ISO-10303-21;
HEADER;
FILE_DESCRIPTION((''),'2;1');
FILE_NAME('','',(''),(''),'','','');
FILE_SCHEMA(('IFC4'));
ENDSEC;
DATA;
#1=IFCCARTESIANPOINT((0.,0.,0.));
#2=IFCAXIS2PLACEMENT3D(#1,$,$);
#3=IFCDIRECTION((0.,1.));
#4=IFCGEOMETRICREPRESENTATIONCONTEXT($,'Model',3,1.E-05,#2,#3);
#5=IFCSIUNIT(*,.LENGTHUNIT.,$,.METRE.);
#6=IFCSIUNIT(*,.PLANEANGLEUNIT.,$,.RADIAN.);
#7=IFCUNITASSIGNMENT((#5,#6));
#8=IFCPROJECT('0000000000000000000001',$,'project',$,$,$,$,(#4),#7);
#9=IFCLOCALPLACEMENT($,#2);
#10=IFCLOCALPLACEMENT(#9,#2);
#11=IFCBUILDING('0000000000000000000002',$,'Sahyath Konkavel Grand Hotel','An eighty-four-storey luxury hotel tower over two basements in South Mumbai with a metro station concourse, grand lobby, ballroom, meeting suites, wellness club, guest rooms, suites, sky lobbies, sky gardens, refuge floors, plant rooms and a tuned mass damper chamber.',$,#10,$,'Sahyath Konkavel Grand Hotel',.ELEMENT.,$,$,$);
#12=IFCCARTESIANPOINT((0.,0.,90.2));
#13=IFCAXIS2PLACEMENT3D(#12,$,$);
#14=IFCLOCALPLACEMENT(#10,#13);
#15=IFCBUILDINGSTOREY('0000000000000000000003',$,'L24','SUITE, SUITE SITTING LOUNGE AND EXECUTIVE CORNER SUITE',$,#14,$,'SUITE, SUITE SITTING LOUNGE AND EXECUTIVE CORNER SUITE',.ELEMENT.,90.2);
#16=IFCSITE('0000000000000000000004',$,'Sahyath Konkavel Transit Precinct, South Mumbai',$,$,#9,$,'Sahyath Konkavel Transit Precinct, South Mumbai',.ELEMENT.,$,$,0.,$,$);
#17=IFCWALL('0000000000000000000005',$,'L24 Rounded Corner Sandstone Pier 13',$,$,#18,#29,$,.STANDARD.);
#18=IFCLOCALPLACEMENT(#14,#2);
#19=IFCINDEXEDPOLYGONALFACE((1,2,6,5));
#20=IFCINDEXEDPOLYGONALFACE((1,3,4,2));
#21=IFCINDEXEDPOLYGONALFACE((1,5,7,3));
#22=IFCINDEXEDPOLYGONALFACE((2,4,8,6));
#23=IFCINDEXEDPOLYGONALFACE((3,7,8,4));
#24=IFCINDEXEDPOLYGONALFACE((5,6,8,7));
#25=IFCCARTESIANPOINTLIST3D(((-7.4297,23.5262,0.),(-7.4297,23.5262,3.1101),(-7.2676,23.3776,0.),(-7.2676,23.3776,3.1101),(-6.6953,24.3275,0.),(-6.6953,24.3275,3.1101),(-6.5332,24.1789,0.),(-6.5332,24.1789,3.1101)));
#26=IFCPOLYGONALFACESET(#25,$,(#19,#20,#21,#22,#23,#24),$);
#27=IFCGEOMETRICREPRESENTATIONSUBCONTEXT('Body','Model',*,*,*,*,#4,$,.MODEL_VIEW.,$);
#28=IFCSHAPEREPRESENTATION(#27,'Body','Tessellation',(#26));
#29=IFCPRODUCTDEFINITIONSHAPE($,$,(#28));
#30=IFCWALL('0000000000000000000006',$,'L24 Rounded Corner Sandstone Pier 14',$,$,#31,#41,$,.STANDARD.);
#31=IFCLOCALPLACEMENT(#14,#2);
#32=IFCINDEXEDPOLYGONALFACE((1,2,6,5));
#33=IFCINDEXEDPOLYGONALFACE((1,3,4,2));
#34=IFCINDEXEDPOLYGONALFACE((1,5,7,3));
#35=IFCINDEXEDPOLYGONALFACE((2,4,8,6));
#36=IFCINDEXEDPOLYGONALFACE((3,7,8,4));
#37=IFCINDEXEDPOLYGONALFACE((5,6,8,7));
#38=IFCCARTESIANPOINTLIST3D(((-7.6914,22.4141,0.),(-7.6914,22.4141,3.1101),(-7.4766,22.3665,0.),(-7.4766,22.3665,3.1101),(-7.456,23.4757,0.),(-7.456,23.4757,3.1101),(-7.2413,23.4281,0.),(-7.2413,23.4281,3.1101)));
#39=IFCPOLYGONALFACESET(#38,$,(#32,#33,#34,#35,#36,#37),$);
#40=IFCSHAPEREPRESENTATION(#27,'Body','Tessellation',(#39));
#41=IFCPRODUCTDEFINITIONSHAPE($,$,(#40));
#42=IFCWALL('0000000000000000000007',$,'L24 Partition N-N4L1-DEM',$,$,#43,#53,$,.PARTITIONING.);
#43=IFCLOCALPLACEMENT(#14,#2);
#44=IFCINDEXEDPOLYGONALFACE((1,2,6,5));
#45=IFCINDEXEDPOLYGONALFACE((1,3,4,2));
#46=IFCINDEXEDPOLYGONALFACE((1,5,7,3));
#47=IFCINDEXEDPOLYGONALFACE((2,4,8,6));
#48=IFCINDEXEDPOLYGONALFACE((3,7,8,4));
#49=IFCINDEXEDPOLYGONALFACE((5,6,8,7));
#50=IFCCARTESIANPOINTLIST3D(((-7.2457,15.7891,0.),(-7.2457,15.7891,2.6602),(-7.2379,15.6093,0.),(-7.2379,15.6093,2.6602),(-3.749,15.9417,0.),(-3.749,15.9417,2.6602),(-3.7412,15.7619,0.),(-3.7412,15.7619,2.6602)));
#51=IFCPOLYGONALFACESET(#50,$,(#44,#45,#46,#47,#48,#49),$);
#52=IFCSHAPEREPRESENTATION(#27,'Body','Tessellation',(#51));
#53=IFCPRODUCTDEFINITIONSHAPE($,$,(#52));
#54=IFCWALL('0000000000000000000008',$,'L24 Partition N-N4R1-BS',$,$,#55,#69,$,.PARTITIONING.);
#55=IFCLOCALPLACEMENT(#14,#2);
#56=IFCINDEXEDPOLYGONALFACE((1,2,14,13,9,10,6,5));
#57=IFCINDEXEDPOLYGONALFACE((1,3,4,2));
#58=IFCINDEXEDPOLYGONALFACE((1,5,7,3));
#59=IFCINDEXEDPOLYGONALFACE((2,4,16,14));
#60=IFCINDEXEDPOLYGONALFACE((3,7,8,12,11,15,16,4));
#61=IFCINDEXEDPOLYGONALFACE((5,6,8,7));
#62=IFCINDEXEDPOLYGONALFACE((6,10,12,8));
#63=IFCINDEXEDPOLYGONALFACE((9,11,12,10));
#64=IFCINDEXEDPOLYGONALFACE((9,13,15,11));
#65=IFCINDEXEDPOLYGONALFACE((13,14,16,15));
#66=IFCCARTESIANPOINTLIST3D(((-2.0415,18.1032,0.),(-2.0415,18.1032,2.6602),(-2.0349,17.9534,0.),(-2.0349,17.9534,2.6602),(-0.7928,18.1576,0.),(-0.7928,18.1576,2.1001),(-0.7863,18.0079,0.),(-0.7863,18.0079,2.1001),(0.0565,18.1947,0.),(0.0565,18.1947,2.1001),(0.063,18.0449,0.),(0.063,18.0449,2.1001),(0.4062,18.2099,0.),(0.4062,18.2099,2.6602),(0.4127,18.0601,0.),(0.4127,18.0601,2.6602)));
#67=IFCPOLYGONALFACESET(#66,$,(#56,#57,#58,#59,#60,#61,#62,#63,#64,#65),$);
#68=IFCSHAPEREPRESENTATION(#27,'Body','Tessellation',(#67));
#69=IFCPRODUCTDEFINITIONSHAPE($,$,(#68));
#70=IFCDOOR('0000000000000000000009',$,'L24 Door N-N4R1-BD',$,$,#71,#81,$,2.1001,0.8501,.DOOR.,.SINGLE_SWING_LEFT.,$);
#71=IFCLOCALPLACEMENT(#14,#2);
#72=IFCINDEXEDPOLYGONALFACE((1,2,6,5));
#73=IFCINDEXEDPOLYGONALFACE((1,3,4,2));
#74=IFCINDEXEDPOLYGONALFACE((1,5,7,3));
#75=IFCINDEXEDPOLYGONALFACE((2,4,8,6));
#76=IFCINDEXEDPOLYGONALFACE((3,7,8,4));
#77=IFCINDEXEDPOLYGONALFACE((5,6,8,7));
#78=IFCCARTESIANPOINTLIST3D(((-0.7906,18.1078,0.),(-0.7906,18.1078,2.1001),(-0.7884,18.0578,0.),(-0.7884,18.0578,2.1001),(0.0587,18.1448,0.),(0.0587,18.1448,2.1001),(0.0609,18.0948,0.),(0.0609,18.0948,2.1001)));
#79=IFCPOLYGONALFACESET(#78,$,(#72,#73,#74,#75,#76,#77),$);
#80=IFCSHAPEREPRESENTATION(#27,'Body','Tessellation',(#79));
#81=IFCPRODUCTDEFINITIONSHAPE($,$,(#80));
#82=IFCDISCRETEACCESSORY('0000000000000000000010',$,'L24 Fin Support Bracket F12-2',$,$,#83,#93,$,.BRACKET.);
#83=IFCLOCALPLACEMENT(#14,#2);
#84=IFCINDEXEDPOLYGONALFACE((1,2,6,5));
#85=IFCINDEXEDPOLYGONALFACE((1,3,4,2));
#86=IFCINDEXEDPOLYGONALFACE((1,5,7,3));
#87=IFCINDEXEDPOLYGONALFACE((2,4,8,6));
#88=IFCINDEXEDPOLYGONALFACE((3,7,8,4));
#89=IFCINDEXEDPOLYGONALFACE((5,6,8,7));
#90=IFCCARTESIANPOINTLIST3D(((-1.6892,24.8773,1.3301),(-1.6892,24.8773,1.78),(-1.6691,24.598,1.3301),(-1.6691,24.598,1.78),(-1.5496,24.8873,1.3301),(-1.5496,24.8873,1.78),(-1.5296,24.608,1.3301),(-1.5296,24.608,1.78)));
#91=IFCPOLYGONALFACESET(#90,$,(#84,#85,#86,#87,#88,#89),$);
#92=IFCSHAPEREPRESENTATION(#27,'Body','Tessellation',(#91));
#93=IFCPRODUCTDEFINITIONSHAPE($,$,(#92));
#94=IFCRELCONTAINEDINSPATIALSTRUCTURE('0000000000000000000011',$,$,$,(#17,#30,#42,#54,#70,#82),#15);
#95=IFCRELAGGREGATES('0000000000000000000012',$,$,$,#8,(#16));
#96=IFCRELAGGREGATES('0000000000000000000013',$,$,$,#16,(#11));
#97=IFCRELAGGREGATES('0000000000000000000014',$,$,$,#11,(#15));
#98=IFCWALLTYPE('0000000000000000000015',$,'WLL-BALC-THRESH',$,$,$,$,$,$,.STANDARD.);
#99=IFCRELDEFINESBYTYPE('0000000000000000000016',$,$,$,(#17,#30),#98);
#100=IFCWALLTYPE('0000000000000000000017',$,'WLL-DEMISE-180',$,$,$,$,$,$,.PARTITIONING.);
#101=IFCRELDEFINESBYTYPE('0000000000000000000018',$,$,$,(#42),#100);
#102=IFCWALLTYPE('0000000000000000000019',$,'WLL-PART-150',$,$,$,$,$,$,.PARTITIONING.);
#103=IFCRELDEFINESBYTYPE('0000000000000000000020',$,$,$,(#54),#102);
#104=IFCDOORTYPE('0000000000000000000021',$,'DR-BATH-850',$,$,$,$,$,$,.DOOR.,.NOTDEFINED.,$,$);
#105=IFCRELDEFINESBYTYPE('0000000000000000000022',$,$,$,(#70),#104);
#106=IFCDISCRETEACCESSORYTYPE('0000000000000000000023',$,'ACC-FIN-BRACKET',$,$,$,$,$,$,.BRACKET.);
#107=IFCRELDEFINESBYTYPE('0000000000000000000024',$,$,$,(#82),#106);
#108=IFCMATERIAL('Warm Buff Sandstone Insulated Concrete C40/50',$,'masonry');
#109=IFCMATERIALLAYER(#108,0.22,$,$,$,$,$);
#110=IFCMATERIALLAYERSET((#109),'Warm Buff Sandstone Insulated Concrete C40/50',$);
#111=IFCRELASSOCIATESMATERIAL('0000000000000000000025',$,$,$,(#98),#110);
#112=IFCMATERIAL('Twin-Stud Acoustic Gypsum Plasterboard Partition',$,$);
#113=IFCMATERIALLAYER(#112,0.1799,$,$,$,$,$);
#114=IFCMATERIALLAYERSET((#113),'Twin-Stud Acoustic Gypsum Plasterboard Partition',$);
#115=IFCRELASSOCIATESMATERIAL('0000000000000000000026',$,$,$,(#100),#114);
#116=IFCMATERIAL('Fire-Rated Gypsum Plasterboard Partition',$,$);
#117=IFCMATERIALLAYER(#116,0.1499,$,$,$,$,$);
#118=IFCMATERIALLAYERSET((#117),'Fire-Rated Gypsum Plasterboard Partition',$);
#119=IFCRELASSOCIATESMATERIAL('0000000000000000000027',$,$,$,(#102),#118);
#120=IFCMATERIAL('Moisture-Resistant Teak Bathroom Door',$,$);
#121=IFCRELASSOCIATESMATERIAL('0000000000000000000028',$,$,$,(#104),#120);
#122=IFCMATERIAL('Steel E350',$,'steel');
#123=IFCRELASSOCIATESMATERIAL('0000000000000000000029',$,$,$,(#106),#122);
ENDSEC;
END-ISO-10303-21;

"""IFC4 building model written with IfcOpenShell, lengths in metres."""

from ifc_helpers import new_model, si_unit, direction, frame, frame_2d, origin, origin_2d, place, context, subcontext, project, spatial, rectangle, extrude, source, transform, mapped, material, layer, layer_set, type_object, element, fill, save


model = new_model("IFC4")

# Units and contexts
model_context = context("Model", 3, precision=1e-05, world=origin(), true_north=direction((0.0, 1.0)))
body_context = subcontext(model_context, "Body", "Model", "MODEL_VIEW")
ifc_project = project(units=[si_unit("LENGTHUNIT", "METRE"), si_unit("PLANEANGLEUNIT", "RADIAN")], contexts=[model_context])

# Site, building, storey
site_placement = place(None, origin())
site = spatial("IfcSite", under=ifc_project, at=site_placement, Name="Sahyath Konkavel Transit Precinct, South Mumbai", LongName="Sahyath Konkavel Transit Precinct, South Mumbai", CompositionType="ELEMENT", RefElevation=0.0)
building_placement = place(site_placement, origin())
building = spatial("IfcBuilding", under=site, at=building_placement, Name="Sahyath Konkavel Grand Hotel", Description="An eighty-four-storey luxury hotel tower over two basements in South Mumbai with a metro station concourse, grand lobby, ballroom, meeting suites, wellness club, guest rooms, suites, sky lobbies, sky gardens, refuge floors, plant rooms and a tuned mass damper chamber.", LongName="Sahyath Konkavel Grand Hotel", CompositionType="ELEMENT")
storey_placement = place(building_placement, frame((0.0, 0.0, 90.2)))
storey = spatial("IfcBuildingStorey", under=building, at=storey_placement, Name="L24", Description="SUITE, SUITE SITTING LOUNGE AND EXECUTIVE CORNER SUITE", LongName="SUITE, SUITE SITTING LOUNGE AND EXECUTIVE CORNER SUITE", CompositionType="ELEMENT", Elevation=90.2)

# Shared definitions
ifc_material_1 = material(Name="Steel E350", Category="steel")

# Walls
ifc_material_2 = material(Name="Warm Buff Sandstone Insulated Concrete C40/50", Category="masonry")
ifc_layer_1 = layer(ifc_material_2, 0.22)
ifc_layer_set_1 = layer_set([ifc_layer_1], Name="Warm Buff Sandstone Insulated Concrete C40/50")
wall_type_1 = type_object("IfcWallType", Name="WLL-BALC-THRESH", PredefinedType="STANDARD", material=ifc_layer_set_1)
wall_1_placement = place(storey_placement, frame((-6.6143, 24.2532, 0.0), z_axis=(0.0, 0.0, 1.0), x_axis=(-0.675664, -0.73721, 0.0)))
element("IfcWall", 1, at=wall_1_placement, inside=storey, type_object=wall_type_1, Name="L24 Rounded Corner Sandstone Pier 13", PredefinedType="STANDARD", context=body_context, shape_type="SweptSolid", body=[
    extrude(rectangle(XDim=1.0869, YDim=0.22, at=frame_2d((0.5435, 0.0))), origin(), (0.0, 0.0, 1.0), 3.1101),
])
wall_2_placement = place(storey_placement, frame((-7.3486, 23.4519, 0.0), z_axis=(0.0, 0.0, 1.0), x_axis=(-0.216455, -0.976293, 0.0)))
element("IfcWall", 2, at=wall_2_placement, inside=storey, type_object=wall_type_1, Name="L24 Rounded Corner Sandstone Pier 14", PredefinedType="STANDARD", context=body_context, shape_type="SweptSolid", body=[
    extrude(rectangle(XDim=1.0874, YDim=0.22, at=frame_2d((0.5437, 0.0))), origin(), (0.0, 0.0, 1.0), 3.1101),
])
ifc_material_3 = material(Name="Twin-Stud Acoustic Gypsum Plasterboard Partition")
ifc_layer_2 = layer(ifc_material_3, 0.1799)
ifc_layer_set_2 = layer_set([ifc_layer_2], Name="Twin-Stud Acoustic Gypsum Plasterboard Partition")
wall_type_2 = type_object("IfcWallType", Name="WLL-DEMISE-180", PredefinedType="PARTITIONING", material=ifc_layer_set_2)
wall_3_placement = place(storey_placement, frame((-3.7451, 15.8518, 0.0), z_axis=(0.0, 0.0, 1.0), x_axis=(-0.999049, -0.043598, 0.0)))
element("IfcWall", 3, at=wall_3_placement, inside=storey, type_object=wall_type_2, Name="L24 Partition N-N4L1-DEM", PredefinedType="PARTITIONING", context=body_context, shape_type="SweptSolid", body=[
    extrude(rectangle(XDim=3.5, YDim=0.1799, at=frame_2d((1.75, 0.0))), origin(), (0.0, 0.0, 1.0), 2.6602),
])

# Wall, opening, door
ifc_material_4 = material(Name="Fire-Rated Gypsum Plasterboard Partition")
ifc_layer_3 = layer(ifc_material_4, 0.1499)
ifc_layer_set_3 = layer_set([ifc_layer_3], Name="Fire-Rated Gypsum Plasterboard Partition")
wall_type_3 = type_object("IfcWallType", Name="WLL-PART-150", PredefinedType="PARTITIONING", material=ifc_layer_set_3)
wall_4_placement = place(storey_placement, frame((-2.0383, 18.0283, 0.0), z_axis=(0.0, 0.0, 1.0), x_axis=(0.999051, 0.04355, 0.0)))
wall_4 = element("IfcWall", 4, at=wall_4_placement, inside=storey, type_object=wall_type_3, Name="L24 Partition N-N4R1-BS", PredefinedType="PARTITIONING", context=body_context, shape_type="SweptSolid", body=[
    extrude(rectangle(XDim=2.45, YDim=0.1499, at=frame_2d((1.2251, 0.0))), origin(), (0.0, 0.0, 1.0), 2.6602),
])
opening_placement = place(wall_4_placement, frame((1.25, 0.0, 0.0)))
opening = element("IfcOpeningElement", 5, at=opening_placement, cuts=wall_4, PredefinedType="OPENING", context=body_context, shape_type="SweptSolid", body=[
    extrude(rectangle(XDim=0.8501, YDim=2.1001, at=frame_2d((0.425, 1.05))), frame((0.0, 0.085, 0.0), z_axis=(0.0, -1.0, 0.0), x_axis=(1.0, 0.0, 0.0)), (0.0, 0.0, 1.0), 0.1699),
])
ifc_material_5 = material(Name="Moisture-Resistant Teak Bathroom Door")
door_type = type_object("IfcDoorType", Name="DR-BATH-850", OperationType="NOTDEFINED", PredefinedType="DOOR", material=ifc_material_5)
shared_shape_1 = source(origin(), body_context, "Body", "SweptSolid", [
    extrude(rectangle(XDim=0.8501, YDim=0.05, at=origin_2d()), origin(), (0.0, 0.0, 1.0), 2.1001),
])
door_placement = place(opening_placement, frame((0.425, 0.0, 0.0)))
door = element("IfcDoor", 6, at=door_placement, inside=storey, type_object=door_type, Name="L24 Door N-N4R1-BD", OperationType="SINGLE_SWING_LEFT", OverallHeight=2.1001, OverallWidth=0.8501, PredefinedType="DOOR", context=body_context, shape_type="MappedRepresentation", body=[
    mapped(shared_shape_1, transform((0.0, 0.0, 0.0), scale=1.0)),
])
fill(opening, door)

# Discrete accessory
discrete_accessory_type = type_object("IfcDiscreteAccessoryType", Name="ACC-FIN-BRACKET", PredefinedType="BRACKET", material=ifc_material_1)
shared_shape_2 = source(origin(), body_context, "Body", "SweptSolid", [
    extrude(rectangle(XDim=0.28, YDim=0.1399, at=origin_2d()), origin(), (0.0, 0.0, 1.0), 0.45),
])
discrete_accessory_placement = place(storey_placement, frame((-1.6094, 24.7427, 1.3301), z_axis=(0.0, 0.0, 1.0), x_axis=(-0.071567, 0.997436, 0.0)))
element("IfcDiscreteAccessory", 7, at=discrete_accessory_placement, inside=storey, type_object=discrete_accessory_type, Name="L24 Fin Support Bracket F12-2", PredefinedType="BRACKET", context=body_context, shape_type="MappedRepresentation", body=[
    mapped(shared_shape_2, transform((0.0, 0.0, 0.0), scale=1.0)),
])

save(model, "model.ifc")
